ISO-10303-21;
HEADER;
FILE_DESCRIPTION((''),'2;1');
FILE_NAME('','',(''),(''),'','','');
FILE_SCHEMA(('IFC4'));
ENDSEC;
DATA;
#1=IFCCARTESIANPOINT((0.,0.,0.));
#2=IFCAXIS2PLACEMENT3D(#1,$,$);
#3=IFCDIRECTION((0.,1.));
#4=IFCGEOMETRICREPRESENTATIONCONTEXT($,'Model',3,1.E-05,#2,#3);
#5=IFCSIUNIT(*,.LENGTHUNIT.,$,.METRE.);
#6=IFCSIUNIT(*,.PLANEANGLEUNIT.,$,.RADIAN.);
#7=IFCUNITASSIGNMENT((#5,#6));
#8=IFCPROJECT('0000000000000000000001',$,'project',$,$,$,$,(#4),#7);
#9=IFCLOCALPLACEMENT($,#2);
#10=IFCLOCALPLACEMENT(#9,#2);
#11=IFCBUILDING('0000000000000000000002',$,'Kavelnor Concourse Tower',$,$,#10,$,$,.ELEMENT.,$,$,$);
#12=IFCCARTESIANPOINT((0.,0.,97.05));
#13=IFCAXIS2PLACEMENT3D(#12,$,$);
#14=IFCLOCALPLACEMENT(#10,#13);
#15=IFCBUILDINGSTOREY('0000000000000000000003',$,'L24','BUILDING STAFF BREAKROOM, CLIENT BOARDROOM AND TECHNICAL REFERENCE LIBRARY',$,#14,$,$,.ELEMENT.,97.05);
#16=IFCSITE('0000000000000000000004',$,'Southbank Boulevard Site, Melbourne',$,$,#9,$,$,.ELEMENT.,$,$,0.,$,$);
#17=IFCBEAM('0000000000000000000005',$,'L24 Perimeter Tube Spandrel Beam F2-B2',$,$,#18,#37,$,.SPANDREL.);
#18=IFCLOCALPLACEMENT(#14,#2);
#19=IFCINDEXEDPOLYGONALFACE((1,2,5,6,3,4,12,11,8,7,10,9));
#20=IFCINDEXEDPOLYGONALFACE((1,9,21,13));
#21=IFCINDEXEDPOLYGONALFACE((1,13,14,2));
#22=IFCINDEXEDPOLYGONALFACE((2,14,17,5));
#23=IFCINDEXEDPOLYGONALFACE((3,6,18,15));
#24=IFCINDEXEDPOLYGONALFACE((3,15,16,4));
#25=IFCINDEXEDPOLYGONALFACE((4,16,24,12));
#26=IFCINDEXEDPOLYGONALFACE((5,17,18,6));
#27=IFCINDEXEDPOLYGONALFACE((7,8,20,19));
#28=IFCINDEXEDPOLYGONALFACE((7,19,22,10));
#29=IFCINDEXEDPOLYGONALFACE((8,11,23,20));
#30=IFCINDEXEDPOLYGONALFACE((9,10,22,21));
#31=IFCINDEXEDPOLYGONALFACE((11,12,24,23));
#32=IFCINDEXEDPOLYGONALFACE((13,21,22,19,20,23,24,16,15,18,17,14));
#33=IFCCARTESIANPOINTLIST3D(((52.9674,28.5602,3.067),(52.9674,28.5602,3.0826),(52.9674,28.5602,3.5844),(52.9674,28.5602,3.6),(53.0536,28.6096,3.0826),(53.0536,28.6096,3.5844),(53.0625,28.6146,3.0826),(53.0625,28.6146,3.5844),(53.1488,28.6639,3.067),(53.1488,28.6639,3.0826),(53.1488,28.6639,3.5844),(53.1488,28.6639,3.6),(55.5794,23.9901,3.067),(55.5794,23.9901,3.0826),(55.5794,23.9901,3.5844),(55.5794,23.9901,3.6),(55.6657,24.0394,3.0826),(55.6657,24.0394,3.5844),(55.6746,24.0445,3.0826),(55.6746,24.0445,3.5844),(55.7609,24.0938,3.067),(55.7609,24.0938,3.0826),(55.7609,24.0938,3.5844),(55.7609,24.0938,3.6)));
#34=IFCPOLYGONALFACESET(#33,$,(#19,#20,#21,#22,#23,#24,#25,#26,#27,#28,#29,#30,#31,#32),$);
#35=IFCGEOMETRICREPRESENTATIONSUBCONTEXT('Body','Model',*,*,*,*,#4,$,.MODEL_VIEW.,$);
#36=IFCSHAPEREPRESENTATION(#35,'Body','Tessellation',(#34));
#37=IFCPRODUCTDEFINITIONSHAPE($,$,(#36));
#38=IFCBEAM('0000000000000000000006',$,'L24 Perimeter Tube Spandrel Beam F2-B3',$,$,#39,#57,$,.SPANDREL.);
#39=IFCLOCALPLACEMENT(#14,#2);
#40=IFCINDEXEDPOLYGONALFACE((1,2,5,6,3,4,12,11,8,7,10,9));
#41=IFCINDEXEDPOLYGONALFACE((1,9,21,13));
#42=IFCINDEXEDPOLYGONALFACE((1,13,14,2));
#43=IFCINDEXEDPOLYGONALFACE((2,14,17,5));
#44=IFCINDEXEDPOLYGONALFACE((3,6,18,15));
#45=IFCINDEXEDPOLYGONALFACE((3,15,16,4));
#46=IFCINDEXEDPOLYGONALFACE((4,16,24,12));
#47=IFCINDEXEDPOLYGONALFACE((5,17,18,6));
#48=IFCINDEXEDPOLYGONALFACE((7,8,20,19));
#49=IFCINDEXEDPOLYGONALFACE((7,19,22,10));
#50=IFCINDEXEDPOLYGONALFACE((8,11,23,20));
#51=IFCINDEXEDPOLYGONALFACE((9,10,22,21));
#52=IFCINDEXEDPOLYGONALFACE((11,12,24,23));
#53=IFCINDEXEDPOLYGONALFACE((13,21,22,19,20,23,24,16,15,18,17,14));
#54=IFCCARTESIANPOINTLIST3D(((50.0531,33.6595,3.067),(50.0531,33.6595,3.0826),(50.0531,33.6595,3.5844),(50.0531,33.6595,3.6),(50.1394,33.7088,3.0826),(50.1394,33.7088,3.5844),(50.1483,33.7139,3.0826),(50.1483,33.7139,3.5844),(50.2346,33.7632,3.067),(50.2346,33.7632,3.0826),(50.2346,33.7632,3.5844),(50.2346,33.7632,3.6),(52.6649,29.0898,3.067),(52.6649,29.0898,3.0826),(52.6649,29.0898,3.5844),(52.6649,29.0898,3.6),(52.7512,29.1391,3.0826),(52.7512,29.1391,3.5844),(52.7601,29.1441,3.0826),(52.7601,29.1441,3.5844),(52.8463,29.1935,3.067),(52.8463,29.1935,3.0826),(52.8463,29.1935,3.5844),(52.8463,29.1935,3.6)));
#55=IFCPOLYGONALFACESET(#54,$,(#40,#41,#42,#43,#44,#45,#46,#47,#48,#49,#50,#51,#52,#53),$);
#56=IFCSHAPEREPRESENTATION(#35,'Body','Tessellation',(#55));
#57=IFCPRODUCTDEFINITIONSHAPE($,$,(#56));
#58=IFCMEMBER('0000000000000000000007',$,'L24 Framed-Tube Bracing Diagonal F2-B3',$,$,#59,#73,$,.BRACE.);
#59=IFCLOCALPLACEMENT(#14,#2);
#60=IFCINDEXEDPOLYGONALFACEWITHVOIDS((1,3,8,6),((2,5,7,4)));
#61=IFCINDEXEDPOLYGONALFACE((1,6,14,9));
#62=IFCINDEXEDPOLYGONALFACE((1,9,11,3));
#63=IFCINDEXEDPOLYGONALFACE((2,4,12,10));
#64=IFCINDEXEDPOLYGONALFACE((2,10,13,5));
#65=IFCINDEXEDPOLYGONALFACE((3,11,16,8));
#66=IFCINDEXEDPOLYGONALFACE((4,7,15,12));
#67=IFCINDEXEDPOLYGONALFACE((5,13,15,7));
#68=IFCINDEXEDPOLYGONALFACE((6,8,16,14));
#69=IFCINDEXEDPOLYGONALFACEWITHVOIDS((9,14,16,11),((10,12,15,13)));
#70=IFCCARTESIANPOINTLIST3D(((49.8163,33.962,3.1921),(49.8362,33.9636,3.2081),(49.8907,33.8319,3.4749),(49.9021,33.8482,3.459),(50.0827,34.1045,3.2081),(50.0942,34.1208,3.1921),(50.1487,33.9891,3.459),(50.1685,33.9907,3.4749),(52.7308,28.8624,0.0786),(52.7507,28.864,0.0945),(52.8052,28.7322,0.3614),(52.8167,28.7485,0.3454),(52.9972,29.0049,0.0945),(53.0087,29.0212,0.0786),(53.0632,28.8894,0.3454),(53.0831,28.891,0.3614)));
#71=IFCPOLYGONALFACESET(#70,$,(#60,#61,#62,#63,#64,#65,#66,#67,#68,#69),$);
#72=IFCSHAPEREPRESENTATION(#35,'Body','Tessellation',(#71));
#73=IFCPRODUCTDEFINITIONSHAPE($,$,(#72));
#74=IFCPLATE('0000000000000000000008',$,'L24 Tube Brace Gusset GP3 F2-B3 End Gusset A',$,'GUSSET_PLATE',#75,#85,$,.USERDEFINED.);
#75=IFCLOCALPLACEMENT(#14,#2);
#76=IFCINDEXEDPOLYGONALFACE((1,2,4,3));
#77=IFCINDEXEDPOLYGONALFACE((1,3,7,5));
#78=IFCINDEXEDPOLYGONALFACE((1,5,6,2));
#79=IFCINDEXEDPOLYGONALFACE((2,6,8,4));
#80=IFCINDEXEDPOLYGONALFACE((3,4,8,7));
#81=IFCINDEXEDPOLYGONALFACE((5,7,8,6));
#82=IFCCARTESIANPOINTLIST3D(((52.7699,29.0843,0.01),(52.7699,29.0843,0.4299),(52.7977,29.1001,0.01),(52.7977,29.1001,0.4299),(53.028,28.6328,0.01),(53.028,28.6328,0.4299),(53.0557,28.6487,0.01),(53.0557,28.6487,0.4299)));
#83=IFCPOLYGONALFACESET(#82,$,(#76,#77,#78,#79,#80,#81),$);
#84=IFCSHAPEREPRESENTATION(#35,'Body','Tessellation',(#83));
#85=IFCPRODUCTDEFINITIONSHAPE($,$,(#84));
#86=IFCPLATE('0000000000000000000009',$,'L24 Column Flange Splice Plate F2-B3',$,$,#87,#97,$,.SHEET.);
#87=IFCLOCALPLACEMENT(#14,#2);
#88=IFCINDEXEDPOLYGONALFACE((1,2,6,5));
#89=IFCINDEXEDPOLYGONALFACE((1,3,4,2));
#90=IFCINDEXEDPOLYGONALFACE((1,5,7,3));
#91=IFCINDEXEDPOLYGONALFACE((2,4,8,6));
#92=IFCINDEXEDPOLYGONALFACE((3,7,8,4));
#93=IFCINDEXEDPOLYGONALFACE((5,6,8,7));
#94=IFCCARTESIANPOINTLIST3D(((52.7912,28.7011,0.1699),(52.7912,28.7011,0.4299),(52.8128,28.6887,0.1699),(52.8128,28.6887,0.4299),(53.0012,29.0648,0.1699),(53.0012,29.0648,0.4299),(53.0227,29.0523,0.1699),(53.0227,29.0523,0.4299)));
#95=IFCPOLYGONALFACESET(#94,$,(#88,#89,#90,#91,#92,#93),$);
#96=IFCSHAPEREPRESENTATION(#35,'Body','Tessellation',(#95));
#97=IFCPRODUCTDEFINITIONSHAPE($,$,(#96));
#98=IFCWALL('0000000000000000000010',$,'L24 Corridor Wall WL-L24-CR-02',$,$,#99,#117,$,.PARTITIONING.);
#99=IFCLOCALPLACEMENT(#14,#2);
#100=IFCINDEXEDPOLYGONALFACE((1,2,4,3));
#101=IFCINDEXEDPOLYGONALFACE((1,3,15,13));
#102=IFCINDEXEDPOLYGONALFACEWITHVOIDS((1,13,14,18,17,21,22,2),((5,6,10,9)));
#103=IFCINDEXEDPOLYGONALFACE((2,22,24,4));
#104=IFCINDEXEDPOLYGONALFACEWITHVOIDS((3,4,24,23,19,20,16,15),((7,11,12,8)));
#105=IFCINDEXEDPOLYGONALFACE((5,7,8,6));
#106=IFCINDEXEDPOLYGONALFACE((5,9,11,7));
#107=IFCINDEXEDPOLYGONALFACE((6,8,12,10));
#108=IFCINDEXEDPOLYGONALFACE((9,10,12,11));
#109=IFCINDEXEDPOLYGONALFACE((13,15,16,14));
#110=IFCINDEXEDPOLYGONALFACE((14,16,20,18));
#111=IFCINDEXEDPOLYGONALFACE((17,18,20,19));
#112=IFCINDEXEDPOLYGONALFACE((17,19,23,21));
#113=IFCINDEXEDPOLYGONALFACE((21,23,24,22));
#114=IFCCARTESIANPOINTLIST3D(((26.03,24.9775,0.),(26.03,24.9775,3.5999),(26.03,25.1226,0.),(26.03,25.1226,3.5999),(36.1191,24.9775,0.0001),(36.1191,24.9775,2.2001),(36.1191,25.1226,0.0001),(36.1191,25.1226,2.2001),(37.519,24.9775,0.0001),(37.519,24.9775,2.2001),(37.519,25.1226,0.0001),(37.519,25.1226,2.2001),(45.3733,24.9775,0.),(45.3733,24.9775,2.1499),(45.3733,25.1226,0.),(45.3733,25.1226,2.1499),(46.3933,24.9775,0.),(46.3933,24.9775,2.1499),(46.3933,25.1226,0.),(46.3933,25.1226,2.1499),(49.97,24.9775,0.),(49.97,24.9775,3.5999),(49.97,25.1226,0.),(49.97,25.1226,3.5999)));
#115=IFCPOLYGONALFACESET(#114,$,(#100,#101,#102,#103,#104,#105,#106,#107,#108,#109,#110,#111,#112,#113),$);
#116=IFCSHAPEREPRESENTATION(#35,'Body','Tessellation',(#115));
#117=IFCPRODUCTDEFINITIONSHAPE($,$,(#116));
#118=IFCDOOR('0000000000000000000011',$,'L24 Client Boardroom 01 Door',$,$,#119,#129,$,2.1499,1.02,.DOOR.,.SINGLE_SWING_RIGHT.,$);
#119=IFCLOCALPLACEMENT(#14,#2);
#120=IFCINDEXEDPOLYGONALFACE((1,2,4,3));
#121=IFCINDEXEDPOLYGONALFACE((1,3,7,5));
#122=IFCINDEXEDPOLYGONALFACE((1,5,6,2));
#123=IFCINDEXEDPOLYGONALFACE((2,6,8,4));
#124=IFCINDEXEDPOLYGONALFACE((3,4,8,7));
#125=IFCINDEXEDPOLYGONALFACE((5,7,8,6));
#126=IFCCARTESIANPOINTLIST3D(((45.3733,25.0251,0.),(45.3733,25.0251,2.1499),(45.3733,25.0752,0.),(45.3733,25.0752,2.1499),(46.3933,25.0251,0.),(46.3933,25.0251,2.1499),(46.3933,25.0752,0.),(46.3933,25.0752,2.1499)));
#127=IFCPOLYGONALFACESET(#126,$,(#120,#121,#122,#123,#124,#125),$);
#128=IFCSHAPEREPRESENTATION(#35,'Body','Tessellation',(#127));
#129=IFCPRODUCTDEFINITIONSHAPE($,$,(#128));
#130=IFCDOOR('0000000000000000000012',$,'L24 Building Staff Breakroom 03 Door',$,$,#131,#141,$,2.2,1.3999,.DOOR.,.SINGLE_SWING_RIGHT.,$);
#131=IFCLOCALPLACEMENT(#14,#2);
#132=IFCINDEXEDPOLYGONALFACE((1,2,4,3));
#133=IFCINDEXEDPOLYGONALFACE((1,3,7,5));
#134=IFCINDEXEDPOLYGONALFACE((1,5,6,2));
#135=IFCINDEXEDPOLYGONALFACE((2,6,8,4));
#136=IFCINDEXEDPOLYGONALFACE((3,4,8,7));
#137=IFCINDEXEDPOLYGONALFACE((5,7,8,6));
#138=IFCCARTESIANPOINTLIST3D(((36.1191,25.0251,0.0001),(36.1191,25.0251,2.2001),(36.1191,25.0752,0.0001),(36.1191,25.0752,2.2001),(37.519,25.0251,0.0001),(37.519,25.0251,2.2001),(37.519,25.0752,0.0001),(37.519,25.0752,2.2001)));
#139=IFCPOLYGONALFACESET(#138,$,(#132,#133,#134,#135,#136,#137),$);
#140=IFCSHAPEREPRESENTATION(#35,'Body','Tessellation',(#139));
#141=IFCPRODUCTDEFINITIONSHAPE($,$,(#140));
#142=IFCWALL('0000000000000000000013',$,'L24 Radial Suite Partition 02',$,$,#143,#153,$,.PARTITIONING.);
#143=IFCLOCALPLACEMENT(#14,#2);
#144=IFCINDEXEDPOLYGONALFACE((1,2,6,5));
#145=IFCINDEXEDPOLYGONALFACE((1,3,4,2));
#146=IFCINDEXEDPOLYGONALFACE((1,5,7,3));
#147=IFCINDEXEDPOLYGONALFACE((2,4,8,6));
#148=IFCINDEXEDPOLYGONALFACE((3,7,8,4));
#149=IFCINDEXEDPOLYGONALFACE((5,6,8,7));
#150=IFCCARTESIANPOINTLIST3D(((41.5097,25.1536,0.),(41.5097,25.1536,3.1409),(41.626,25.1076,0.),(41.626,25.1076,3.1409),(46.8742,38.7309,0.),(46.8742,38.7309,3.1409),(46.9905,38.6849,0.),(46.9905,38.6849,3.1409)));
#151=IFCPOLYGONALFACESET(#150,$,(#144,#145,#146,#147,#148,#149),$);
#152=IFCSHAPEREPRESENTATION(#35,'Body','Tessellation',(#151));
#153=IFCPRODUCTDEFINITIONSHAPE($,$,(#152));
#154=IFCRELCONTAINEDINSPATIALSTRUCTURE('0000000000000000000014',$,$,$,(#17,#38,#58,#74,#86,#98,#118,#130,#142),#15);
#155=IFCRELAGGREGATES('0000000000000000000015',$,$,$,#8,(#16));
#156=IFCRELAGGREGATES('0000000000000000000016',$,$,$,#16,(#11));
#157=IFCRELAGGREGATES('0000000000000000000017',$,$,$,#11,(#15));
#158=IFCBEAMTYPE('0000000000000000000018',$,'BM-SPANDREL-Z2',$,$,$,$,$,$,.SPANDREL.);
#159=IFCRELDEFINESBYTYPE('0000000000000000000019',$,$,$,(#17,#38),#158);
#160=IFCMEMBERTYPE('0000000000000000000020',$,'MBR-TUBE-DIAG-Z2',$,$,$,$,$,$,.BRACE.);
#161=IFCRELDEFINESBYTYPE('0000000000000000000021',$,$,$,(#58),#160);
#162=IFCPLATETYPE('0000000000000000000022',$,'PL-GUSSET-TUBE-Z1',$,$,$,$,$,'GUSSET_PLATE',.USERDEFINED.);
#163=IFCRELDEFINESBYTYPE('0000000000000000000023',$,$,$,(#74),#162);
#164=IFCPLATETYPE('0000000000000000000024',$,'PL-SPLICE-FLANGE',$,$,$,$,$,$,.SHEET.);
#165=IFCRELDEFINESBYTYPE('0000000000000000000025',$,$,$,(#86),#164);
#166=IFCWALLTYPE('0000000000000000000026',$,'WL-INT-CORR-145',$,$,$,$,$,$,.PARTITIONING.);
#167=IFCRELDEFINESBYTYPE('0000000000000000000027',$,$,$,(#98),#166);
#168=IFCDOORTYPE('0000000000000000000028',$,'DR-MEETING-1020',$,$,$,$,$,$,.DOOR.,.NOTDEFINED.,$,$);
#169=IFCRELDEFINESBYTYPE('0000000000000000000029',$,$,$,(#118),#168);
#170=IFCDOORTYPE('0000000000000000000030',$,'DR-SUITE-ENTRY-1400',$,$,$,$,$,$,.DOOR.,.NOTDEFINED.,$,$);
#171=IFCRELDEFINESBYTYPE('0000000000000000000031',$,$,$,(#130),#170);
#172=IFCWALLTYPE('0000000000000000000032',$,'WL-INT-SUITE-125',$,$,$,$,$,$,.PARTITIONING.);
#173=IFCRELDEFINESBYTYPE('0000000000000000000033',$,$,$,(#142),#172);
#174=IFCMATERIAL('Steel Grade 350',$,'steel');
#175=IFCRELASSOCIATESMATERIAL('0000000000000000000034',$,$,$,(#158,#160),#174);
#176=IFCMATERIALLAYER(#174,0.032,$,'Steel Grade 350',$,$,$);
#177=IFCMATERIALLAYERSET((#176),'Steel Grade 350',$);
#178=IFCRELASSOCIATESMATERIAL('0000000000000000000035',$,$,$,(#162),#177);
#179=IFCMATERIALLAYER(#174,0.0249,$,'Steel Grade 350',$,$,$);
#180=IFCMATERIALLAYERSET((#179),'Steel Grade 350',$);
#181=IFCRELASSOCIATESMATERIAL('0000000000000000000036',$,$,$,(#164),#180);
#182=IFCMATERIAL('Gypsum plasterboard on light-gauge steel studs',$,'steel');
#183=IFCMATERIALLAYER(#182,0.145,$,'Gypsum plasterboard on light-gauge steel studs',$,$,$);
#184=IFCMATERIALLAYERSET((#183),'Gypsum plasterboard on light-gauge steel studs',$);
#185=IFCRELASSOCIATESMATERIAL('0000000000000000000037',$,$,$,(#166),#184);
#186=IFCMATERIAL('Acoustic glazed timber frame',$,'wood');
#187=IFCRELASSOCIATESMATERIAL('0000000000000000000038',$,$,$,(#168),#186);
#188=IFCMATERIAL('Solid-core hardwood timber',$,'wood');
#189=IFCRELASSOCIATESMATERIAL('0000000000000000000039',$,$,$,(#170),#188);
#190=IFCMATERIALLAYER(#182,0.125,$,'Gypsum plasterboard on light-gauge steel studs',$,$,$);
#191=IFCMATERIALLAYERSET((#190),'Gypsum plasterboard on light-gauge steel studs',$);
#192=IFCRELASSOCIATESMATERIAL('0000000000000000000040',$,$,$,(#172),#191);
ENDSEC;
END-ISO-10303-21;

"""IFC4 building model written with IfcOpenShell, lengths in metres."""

from ifc_helpers import new_model, si_unit, direction, frame, frame_2d, origin, origin_2d, place, context, subcontext, project, spatial, rectangle, hollow_rectangle, i_section, extrude, material, layer, layer_set, material_profile, profile_set, type_object, element, fill, save


model = new_model("IFC4")

# Units and contexts
model_context = context("Model", 3, precision=1e-05, world=origin(), true_north=direction((0.0, 1.0)))
body_context = subcontext(model_context, "Body", "Model", "MODEL_VIEW")
ifc_project = project(units=[si_unit("LENGTHUNIT", "METRE"), si_unit("PLANEANGLEUNIT", "RADIAN")], contexts=[model_context])

# Site, building, storey
site_placement = place(None, origin())
site = spatial("IfcSite", under=ifc_project, at=site_placement, Name="Southbank Boulevard Site, Melbourne", CompositionType="ELEMENT", RefElevation=0.0)
building_placement = place(site_placement, origin())
building = spatial("IfcBuilding", under=site, at=building_placement, Name="Kavelnor Concourse Tower", CompositionType="ELEMENT")
storey_placement = place(building_placement, frame((0.0, 0.0, 97.05)))
storey = spatial("IfcBuildingStorey", under=building, at=storey_placement, Name="L24", Description="BUILDING STAFF BREAKROOM, CLIENT BOARDROOM AND TECHNICAL REFERENCE LIBRARY", CompositionType="ELEMENT", Elevation=97.05)

# Shared definitions
ifc_material_1 = material(Name="Steel Grade 350", Category="steel")

# Beams
ifc_material_profile_1 = material_profile(ifc_material_1, i_section(OverallWidth=0.209, OverallDepth=0.533, WebThickness=0.0103, FlangeThickness=0.0156, at=origin_2d()), Name="530UB92")
ifc_profile_set_1 = profile_set([ifc_material_profile_1], Name="Steel Grade 350")
beam_type_1 = type_object("IfcBeamType", Name="BM-SPANDREL-Z2", PredefinedType="SPANDREL", material=ifc_profile_set_1)
beam_1_placement = place(storey_placement, frame((55.6702, 24.042, 3.3335), z_axis=(-0.496224, 0.868195, 0.0), x_axis=(-0.868195, -0.496224, 0.0)))
element("IfcBeam", 1, at=beam_1_placement, inside=storey, type_object=beam_type_1, Name="L24 Perimeter Tube Spandrel Beam F2-B2", PredefinedType="SPANDREL", context=body_context, shape_type="SweptSolid", body=[
    extrude(i_section(OverallWidth=0.209, OverallDepth=0.533, WebThickness=0.0103, FlangeThickness=0.0156, at=origin_2d()), origin(), (0.0, 0.0, 1.0), 5.2639),
])
beam_2_placement = place(storey_placement, frame((52.7556, 29.1416, 3.3335), z_axis=(-0.496209, 0.868203, 0.0), x_axis=(-0.868203, -0.496209, 0.0)))
element("IfcBeam", 2, at=beam_2_placement, inside=storey, type_object=beam_type_1, Name="L24 Perimeter Tube Spandrel Beam F2-B3", PredefinedType="SPANDREL", context=body_context, shape_type="SweptSolid", body=[
    extrude(i_section(OverallWidth=0.209, OverallDepth=0.533, WebThickness=0.0103, FlangeThickness=0.0156, at=origin_2d()), origin(), (0.0, 0.0, 1.0), 5.2634),
])

# Member
ifc_material_profile_2 = material_profile(ifc_material_1, hollow_rectangle(XDim=0.3201, YDim=0.3201, WallThickness=0.0181, at=origin_2d()), Name="SHS 320x320x18")
ifc_profile_set_2 = profile_set([ifc_material_profile_2], Name="Steel Grade 350")
member_type = type_object("IfcMemberType", Name="MBR-TUBE-DIAG-Z2", PredefinedType="BRACE", material=ifc_profile_set_2)
member_placement = place(storey_placement, frame((52.907, 28.8767, 0.22), z_axis=(-0.438416, 0.7671, 0.468347), x_axis=(-0.868207, -0.496202, 0.0)))
element("IfcMember", 3, at=member_placement, inside=storey, type_object=member_type, Name="L24 Framed-Tube Bracing Diagonal F2-B3", PredefinedType="BRACE", context=body_context, shape_type="SweptSolid", body=[
    extrude(hollow_rectangle(XDim=0.3201, YDim=0.3201, WallThickness=0.0181, at=origin_2d()), origin(), (0.0, 0.0, 1.0), 6.6479),
])

# Plates
ifc_layer_1 = layer(ifc_material_1, 0.032, Name="Steel Grade 350")
ifc_layer_set_1 = layer_set([ifc_layer_1], Name="Steel Grade 350")
plate_type_1 = type_object("IfcPlateType", Name="PL-GUSSET-TUBE-Z1", ElementType="GUSSET_PLATE", PredefinedType="USERDEFINED", material=ifc_layer_set_1)
plate_1_placement = place(storey_placement, frame((52.9128, 28.8665, 0.01), z_axis=(0.0, 0.0, 1.0), x_axis=(-0.496217, 0.868199, 0.0)))
element("IfcPlate", 4, at=plate_1_placement, inside=storey, type_object=plate_type_1, Name="L24 Tube Brace Gusset GP3 F2-B3 End Gusset A", ObjectType="GUSSET_PLATE", PredefinedType="USERDEFINED", context=body_context, shape_type="SweptSolid", body=[
    extrude(rectangle(XDim=0.52, YDim=0.032, at=origin_2d()), origin(), (0.0, 0.0, 1.0), 0.4199),
])
ifc_layer_2 = layer(ifc_material_1, 0.0249, Name="Steel Grade 350")
ifc_layer_set_2 = layer_set([ifc_layer_2], Name="Steel Grade 350")
plate_type_2 = type_object("IfcPlateType", Name="PL-SPLICE-FLANGE", PredefinedType="SHEET", material=ifc_layer_set_2)
plate_2_placement = place(storey_placement, frame((52.907, 28.8767, 0.1699), z_axis=(0.0, 0.0, 1.0), x_axis=(-0.5, -0.866025, 0.0)))
element("IfcPlate", 5, at=plate_2_placement, inside=storey, type_object=plate_type_2, Name="L24 Column Flange Splice Plate F2-B3", PredefinedType="SHEET", context=body_context, shape_type="SweptSolid", body=[
    extrude(rectangle(XDim=0.4199, YDim=0.0249, at=origin_2d()), origin(), (0.0, 0.0, 1.0), 0.26),
])

# Wall, openings, doors
ifc_material_2 = material(Name="Gypsum plasterboard on light-gauge steel studs", Category="steel")
ifc_layer_3 = layer(ifc_material_2, 0.145, Name="Gypsum plasterboard on light-gauge steel studs")
ifc_layer_set_3 = layer_set([ifc_layer_3], Name="Gypsum plasterboard on light-gauge steel studs")
wall_type_1 = type_object("IfcWallType", Name="WL-INT-CORR-145", PredefinedType="PARTITIONING", material=ifc_layer_set_3)
wall_1_placement = place(storey_placement, frame((49.97, 25.05, 0.0), z_axis=(0.0, 0.0, 1.0), x_axis=(-1.0, 0.0, 0.0)))
wall_1 = element("IfcWall", 6, at=wall_1_placement, inside=storey, type_object=wall_type_1, Name="L24 Corridor Wall WL-L24-CR-02", PredefinedType="PARTITIONING", context=body_context, shape_type="SweptSolid", body=[
    extrude(rectangle(XDim=23.9399, YDim=0.145, at=frame_2d((11.97, 0.0))), origin(), (0.0, 0.0, 1.0), 3.5999),
])
opening_1_placement = place(wall_1_placement, frame((3.5767, 0.0, 0.0)))
opening_1 = element("IfcOpeningElement", 7, at=opening_1_placement, cuts=wall_1, PredefinedType="OPENING", context=body_context, shape_type="SweptSolid", body=[
    extrude(rectangle(XDim=1.02, YDim=2.1499, at=frame_2d((0.51, 1.075))), frame((0.0, 0.0825, 0.0), z_axis=(0.0, -1.0, 0.0), x_axis=(1.0, 0.0, 0.0)), (0.0, 0.0, 1.0), 0.165),
])
opening_2_placement = place(wall_1_placement, frame((12.4509, 0.0, 0.0)))
opening_2 = element("IfcOpeningElement", 8, at=opening_2_placement, cuts=wall_1, PredefinedType="OPENING", context=body_context, shape_type="SweptSolid", body=[
    extrude(rectangle(XDim=1.3999, YDim=2.2, at=frame_2d((0.7, 1.1001))), frame((0.0, 0.0825, 0.0), z_axis=(0.0, -1.0, 0.0), x_axis=(1.0, 0.0, 0.0)), (0.0, 0.0, 1.0), 0.165),
])
ifc_material_3 = material(Name="Acoustic glazed timber frame", Category="wood")
door_type_1 = type_object("IfcDoorType", Name="DR-MEETING-1020", OperationType="NOTDEFINED", PredefinedType="DOOR", material=ifc_material_3)
door_1_placement = place(opening_1_placement, origin())
door_1 = element("IfcDoor", 9, at=door_1_placement, inside=storey, type_object=door_type_1, Name="L24 Client Boardroom 01 Door", OperationType="SINGLE_SWING_RIGHT", OverallHeight=2.1499, OverallWidth=1.02, PredefinedType="DOOR", context=body_context, shape_type="SweptSolid", body=[
    extrude(rectangle(XDim=1.02, YDim=2.1499, at=frame_2d((0.51, 1.075))), frame((0.0, 0.0249, 0.0), z_axis=(0.0, -1.0, 0.0), x_axis=(1.0, 0.0, 0.0)), (0.0, 0.0, 1.0), 0.05),
])
fill(opening_1, door_1)
ifc_material_4 = material(Name="Solid-core hardwood timber", Category="wood")
door_type_2 = type_object("IfcDoorType", Name="DR-SUITE-ENTRY-1400", OperationType="NOTDEFINED", PredefinedType="DOOR", material=ifc_material_4)
door_2_placement = place(opening_2_placement, origin())
door_2 = element("IfcDoor", 10, at=door_2_placement, inside=storey, type_object=door_type_2, Name="L24 Building Staff Breakroom 03 Door", OperationType="SINGLE_SWING_RIGHT", OverallHeight=2.2, OverallWidth=1.3999, PredefinedType="DOOR", context=body_context, shape_type="SweptSolid", body=[
    extrude(rectangle(XDim=1.3999, YDim=2.2, at=frame_2d((0.7, 1.1001))), frame((0.0, 0.0249, 0.0), z_axis=(0.0, -1.0, 0.0), x_axis=(1.0, 0.0, 0.0)), (0.0, 0.0, 1.0), 0.05),
])
fill(opening_2, door_2)

# Wall
ifc_layer_4 = layer(ifc_material_2, 0.125, Name="Gypsum plasterboard on light-gauge steel studs")
ifc_layer_set_4 = layer_set([ifc_layer_4], Name="Gypsum plasterboard on light-gauge steel studs")
wall_type_2 = type_object("IfcWallType", Name="WL-INT-SUITE-125", PredefinedType="PARTITIONING", material=ifc_layer_set_4)
wall_2_placement = place(storey_placement, frame((41.5679, 25.1306, 0.0), z_axis=(0.0, 0.0, 1.0), x_axis=(0.367463, 0.930038, 0.0)))
element("IfcWall", 11, at=wall_2_placement, inside=storey, type_object=wall_type_2, Name="L24 Radial Suite Partition 02", PredefinedType="PARTITIONING", context=body_context, shape_type="SweptSolid", body=[
    extrude(rectangle(XDim=14.5986, YDim=0.125, at=frame_2d((7.2993, 0.0))), origin(), (0.0, 0.0, 1.0), 3.1409),
])

save(model, "model.ifc")
